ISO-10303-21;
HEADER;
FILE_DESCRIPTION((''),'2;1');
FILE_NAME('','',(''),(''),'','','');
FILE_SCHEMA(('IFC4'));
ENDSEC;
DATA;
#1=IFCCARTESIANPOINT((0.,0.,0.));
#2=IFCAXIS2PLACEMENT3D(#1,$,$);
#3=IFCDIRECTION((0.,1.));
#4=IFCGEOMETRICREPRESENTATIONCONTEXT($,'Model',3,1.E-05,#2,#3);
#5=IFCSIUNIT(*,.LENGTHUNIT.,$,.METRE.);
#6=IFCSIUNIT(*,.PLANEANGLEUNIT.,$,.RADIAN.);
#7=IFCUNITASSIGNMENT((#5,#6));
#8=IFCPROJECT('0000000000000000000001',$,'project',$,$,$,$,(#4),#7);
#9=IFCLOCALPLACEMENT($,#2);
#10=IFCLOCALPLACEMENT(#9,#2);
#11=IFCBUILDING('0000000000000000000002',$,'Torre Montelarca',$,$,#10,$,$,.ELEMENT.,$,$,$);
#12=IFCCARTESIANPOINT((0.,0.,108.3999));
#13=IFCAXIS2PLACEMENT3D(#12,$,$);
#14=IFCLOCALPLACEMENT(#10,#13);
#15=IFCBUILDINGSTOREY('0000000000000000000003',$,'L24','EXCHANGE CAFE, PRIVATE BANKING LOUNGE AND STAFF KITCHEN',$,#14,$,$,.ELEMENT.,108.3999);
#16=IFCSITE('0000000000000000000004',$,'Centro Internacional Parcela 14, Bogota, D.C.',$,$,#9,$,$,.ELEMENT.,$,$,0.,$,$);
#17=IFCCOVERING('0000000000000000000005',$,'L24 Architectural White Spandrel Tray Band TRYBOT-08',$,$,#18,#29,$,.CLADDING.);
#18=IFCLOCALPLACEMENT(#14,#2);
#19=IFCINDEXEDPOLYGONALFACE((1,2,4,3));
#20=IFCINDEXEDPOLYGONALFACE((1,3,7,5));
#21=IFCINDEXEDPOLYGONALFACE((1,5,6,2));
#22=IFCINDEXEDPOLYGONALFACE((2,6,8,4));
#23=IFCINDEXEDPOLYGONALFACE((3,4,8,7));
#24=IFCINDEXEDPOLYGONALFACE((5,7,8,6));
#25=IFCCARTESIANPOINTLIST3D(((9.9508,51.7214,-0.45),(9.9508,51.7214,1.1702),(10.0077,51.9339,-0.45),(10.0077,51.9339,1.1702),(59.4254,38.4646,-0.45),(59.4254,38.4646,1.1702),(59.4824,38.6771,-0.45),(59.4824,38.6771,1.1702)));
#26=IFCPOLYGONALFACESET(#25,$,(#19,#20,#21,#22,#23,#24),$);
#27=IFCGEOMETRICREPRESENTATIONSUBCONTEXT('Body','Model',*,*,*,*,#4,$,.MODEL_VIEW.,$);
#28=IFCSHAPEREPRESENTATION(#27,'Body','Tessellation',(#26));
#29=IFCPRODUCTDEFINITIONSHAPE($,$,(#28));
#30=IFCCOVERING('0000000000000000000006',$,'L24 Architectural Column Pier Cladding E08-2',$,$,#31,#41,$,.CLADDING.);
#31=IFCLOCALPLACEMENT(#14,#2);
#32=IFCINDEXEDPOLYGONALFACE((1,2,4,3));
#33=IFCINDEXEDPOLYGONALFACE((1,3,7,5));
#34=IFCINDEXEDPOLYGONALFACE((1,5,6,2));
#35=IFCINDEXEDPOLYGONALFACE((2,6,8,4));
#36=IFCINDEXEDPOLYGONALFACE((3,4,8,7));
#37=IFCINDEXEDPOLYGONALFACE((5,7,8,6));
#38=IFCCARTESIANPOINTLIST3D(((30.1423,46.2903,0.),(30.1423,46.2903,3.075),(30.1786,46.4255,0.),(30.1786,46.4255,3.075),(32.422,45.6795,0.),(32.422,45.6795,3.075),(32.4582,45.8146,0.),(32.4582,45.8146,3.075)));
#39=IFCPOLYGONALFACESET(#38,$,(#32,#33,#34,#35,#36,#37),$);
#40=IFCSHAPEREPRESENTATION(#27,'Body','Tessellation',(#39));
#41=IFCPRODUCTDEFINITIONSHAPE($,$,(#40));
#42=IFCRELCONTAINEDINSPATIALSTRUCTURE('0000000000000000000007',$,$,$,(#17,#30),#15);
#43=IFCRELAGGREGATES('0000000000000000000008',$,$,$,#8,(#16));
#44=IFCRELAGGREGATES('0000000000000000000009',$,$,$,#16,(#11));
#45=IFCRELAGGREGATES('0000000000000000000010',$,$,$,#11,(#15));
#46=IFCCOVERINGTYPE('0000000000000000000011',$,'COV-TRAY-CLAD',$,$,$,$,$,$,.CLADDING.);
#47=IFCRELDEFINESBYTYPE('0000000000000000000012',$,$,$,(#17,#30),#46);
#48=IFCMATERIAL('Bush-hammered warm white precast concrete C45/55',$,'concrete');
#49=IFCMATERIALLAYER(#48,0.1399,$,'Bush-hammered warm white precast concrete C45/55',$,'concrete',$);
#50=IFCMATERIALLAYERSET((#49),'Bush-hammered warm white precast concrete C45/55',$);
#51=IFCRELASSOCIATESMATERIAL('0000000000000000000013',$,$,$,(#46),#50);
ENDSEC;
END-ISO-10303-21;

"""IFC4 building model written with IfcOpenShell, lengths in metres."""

from ifc_helpers import new_model, si_unit, direction, frame, origin, origin_2d, place, context, subcontext, project, spatial, rectangle, extrude, source, transform, mapped, material, layer, layer_set, type_object, element, save


model = new_model("IFC4")

# Units and contexts
model_context = context("Model", 3, precision=1e-05, world=origin(), true_north=direction((0.0, 1.0)))
body_context = subcontext(model_context, "Body", "Model", "MODEL_VIEW")
ifc_project = project(units=[si_unit("LENGTHUNIT", "METRE"), si_unit("PLANEANGLEUNIT", "RADIAN")], contexts=[model_context])

# Site, building, storey
site_placement = place(None, origin())
site = spatial("IfcSite", under=ifc_project, at=site_placement, Name="Centro Internacional Parcela 14, Bogota, D.C.", CompositionType="ELEMENT", RefElevation=0.0)
building_placement = place(site_placement, origin())
building = spatial("IfcBuilding", under=site, at=building_placement, Name="Torre Montelarca", CompositionType="ELEMENT")
storey_placement = place(building_placement, frame((0.0, 0.0, 108.3999)))
storey = spatial("IfcBuildingStorey", under=building, at=storey_placement, Name="L24", Description="EXCHANGE CAFE, PRIVATE BANKING LOUNGE AND STAFF KITCHEN", CompositionType="ELEMENT", Elevation=108.3999)

# Coverings
ifc_material_1 = material(Name="Bush-hammered warm white precast concrete C45/55", Category="concrete")
ifc_layer_1 = layer(ifc_material_1, 0.1399, Name="Bush-hammered warm white precast concrete C45/55", Category="concrete")
ifc_layer_set_1 = layer_set([ifc_layer_1], Name="Bush-hammered warm white precast concrete C45/55")
covering_type = type_object("IfcCoveringType", Name="COV-TRAY-CLAD", PredefinedType="CLADDING", material=ifc_layer_set_1)
shared_shape_1 = source(origin(), body_context, "Body", "SweptSolid", [
    extrude(rectangle(XDim=51.22, YDim=0.22, at=origin_2d()), origin(), (0.0, 0.0, 1.0), 1.6201),
])
covering_1_placement = place(storey_placement, frame((34.7166, 45.1992, -0.45), z_axis=(0.0, 0.0, 1.0), x_axis=(-0.965925, 0.258821, 0.0)))
element("IfcCovering", 1, at=covering_1_placement, inside=storey, type_object=covering_type, Name="L24 Architectural White Spandrel Tray Band TRYBOT-08", PredefinedType="CLADDING", context=body_context, shape_type="MappedRepresentation", body=[
    mapped(shared_shape_1, transform((0.0, 0.0, 0.0), scale=1.0)),
])
shared_shape_2 = source(origin(), body_context, "Body", "SweptSolid", [
    extrude(rectangle(XDim=2.3601, YDim=0.1399, at=origin_2d()), origin(), (0.0, 0.0, 1.0), 3.075),
])
covering_2_placement = place(storey_placement, frame((31.3003, 46.0525, 0.0), z_axis=(0.0, 0.0, 1.0), x_axis=(-0.965925, 0.258821, 0.0)))
element("IfcCovering", 2, at=covering_2_placement, inside=storey, type_object=covering_type, Name="L24 Architectural Column Pier Cladding E08-2", PredefinedType="CLADDING", context=body_context, shape_type="MappedRepresentation", body=[
    mapped(shared_shape_2, transform((0.0, 0.0, 0.0), scale=1.0)),
])

save(model, "model.ifc")
